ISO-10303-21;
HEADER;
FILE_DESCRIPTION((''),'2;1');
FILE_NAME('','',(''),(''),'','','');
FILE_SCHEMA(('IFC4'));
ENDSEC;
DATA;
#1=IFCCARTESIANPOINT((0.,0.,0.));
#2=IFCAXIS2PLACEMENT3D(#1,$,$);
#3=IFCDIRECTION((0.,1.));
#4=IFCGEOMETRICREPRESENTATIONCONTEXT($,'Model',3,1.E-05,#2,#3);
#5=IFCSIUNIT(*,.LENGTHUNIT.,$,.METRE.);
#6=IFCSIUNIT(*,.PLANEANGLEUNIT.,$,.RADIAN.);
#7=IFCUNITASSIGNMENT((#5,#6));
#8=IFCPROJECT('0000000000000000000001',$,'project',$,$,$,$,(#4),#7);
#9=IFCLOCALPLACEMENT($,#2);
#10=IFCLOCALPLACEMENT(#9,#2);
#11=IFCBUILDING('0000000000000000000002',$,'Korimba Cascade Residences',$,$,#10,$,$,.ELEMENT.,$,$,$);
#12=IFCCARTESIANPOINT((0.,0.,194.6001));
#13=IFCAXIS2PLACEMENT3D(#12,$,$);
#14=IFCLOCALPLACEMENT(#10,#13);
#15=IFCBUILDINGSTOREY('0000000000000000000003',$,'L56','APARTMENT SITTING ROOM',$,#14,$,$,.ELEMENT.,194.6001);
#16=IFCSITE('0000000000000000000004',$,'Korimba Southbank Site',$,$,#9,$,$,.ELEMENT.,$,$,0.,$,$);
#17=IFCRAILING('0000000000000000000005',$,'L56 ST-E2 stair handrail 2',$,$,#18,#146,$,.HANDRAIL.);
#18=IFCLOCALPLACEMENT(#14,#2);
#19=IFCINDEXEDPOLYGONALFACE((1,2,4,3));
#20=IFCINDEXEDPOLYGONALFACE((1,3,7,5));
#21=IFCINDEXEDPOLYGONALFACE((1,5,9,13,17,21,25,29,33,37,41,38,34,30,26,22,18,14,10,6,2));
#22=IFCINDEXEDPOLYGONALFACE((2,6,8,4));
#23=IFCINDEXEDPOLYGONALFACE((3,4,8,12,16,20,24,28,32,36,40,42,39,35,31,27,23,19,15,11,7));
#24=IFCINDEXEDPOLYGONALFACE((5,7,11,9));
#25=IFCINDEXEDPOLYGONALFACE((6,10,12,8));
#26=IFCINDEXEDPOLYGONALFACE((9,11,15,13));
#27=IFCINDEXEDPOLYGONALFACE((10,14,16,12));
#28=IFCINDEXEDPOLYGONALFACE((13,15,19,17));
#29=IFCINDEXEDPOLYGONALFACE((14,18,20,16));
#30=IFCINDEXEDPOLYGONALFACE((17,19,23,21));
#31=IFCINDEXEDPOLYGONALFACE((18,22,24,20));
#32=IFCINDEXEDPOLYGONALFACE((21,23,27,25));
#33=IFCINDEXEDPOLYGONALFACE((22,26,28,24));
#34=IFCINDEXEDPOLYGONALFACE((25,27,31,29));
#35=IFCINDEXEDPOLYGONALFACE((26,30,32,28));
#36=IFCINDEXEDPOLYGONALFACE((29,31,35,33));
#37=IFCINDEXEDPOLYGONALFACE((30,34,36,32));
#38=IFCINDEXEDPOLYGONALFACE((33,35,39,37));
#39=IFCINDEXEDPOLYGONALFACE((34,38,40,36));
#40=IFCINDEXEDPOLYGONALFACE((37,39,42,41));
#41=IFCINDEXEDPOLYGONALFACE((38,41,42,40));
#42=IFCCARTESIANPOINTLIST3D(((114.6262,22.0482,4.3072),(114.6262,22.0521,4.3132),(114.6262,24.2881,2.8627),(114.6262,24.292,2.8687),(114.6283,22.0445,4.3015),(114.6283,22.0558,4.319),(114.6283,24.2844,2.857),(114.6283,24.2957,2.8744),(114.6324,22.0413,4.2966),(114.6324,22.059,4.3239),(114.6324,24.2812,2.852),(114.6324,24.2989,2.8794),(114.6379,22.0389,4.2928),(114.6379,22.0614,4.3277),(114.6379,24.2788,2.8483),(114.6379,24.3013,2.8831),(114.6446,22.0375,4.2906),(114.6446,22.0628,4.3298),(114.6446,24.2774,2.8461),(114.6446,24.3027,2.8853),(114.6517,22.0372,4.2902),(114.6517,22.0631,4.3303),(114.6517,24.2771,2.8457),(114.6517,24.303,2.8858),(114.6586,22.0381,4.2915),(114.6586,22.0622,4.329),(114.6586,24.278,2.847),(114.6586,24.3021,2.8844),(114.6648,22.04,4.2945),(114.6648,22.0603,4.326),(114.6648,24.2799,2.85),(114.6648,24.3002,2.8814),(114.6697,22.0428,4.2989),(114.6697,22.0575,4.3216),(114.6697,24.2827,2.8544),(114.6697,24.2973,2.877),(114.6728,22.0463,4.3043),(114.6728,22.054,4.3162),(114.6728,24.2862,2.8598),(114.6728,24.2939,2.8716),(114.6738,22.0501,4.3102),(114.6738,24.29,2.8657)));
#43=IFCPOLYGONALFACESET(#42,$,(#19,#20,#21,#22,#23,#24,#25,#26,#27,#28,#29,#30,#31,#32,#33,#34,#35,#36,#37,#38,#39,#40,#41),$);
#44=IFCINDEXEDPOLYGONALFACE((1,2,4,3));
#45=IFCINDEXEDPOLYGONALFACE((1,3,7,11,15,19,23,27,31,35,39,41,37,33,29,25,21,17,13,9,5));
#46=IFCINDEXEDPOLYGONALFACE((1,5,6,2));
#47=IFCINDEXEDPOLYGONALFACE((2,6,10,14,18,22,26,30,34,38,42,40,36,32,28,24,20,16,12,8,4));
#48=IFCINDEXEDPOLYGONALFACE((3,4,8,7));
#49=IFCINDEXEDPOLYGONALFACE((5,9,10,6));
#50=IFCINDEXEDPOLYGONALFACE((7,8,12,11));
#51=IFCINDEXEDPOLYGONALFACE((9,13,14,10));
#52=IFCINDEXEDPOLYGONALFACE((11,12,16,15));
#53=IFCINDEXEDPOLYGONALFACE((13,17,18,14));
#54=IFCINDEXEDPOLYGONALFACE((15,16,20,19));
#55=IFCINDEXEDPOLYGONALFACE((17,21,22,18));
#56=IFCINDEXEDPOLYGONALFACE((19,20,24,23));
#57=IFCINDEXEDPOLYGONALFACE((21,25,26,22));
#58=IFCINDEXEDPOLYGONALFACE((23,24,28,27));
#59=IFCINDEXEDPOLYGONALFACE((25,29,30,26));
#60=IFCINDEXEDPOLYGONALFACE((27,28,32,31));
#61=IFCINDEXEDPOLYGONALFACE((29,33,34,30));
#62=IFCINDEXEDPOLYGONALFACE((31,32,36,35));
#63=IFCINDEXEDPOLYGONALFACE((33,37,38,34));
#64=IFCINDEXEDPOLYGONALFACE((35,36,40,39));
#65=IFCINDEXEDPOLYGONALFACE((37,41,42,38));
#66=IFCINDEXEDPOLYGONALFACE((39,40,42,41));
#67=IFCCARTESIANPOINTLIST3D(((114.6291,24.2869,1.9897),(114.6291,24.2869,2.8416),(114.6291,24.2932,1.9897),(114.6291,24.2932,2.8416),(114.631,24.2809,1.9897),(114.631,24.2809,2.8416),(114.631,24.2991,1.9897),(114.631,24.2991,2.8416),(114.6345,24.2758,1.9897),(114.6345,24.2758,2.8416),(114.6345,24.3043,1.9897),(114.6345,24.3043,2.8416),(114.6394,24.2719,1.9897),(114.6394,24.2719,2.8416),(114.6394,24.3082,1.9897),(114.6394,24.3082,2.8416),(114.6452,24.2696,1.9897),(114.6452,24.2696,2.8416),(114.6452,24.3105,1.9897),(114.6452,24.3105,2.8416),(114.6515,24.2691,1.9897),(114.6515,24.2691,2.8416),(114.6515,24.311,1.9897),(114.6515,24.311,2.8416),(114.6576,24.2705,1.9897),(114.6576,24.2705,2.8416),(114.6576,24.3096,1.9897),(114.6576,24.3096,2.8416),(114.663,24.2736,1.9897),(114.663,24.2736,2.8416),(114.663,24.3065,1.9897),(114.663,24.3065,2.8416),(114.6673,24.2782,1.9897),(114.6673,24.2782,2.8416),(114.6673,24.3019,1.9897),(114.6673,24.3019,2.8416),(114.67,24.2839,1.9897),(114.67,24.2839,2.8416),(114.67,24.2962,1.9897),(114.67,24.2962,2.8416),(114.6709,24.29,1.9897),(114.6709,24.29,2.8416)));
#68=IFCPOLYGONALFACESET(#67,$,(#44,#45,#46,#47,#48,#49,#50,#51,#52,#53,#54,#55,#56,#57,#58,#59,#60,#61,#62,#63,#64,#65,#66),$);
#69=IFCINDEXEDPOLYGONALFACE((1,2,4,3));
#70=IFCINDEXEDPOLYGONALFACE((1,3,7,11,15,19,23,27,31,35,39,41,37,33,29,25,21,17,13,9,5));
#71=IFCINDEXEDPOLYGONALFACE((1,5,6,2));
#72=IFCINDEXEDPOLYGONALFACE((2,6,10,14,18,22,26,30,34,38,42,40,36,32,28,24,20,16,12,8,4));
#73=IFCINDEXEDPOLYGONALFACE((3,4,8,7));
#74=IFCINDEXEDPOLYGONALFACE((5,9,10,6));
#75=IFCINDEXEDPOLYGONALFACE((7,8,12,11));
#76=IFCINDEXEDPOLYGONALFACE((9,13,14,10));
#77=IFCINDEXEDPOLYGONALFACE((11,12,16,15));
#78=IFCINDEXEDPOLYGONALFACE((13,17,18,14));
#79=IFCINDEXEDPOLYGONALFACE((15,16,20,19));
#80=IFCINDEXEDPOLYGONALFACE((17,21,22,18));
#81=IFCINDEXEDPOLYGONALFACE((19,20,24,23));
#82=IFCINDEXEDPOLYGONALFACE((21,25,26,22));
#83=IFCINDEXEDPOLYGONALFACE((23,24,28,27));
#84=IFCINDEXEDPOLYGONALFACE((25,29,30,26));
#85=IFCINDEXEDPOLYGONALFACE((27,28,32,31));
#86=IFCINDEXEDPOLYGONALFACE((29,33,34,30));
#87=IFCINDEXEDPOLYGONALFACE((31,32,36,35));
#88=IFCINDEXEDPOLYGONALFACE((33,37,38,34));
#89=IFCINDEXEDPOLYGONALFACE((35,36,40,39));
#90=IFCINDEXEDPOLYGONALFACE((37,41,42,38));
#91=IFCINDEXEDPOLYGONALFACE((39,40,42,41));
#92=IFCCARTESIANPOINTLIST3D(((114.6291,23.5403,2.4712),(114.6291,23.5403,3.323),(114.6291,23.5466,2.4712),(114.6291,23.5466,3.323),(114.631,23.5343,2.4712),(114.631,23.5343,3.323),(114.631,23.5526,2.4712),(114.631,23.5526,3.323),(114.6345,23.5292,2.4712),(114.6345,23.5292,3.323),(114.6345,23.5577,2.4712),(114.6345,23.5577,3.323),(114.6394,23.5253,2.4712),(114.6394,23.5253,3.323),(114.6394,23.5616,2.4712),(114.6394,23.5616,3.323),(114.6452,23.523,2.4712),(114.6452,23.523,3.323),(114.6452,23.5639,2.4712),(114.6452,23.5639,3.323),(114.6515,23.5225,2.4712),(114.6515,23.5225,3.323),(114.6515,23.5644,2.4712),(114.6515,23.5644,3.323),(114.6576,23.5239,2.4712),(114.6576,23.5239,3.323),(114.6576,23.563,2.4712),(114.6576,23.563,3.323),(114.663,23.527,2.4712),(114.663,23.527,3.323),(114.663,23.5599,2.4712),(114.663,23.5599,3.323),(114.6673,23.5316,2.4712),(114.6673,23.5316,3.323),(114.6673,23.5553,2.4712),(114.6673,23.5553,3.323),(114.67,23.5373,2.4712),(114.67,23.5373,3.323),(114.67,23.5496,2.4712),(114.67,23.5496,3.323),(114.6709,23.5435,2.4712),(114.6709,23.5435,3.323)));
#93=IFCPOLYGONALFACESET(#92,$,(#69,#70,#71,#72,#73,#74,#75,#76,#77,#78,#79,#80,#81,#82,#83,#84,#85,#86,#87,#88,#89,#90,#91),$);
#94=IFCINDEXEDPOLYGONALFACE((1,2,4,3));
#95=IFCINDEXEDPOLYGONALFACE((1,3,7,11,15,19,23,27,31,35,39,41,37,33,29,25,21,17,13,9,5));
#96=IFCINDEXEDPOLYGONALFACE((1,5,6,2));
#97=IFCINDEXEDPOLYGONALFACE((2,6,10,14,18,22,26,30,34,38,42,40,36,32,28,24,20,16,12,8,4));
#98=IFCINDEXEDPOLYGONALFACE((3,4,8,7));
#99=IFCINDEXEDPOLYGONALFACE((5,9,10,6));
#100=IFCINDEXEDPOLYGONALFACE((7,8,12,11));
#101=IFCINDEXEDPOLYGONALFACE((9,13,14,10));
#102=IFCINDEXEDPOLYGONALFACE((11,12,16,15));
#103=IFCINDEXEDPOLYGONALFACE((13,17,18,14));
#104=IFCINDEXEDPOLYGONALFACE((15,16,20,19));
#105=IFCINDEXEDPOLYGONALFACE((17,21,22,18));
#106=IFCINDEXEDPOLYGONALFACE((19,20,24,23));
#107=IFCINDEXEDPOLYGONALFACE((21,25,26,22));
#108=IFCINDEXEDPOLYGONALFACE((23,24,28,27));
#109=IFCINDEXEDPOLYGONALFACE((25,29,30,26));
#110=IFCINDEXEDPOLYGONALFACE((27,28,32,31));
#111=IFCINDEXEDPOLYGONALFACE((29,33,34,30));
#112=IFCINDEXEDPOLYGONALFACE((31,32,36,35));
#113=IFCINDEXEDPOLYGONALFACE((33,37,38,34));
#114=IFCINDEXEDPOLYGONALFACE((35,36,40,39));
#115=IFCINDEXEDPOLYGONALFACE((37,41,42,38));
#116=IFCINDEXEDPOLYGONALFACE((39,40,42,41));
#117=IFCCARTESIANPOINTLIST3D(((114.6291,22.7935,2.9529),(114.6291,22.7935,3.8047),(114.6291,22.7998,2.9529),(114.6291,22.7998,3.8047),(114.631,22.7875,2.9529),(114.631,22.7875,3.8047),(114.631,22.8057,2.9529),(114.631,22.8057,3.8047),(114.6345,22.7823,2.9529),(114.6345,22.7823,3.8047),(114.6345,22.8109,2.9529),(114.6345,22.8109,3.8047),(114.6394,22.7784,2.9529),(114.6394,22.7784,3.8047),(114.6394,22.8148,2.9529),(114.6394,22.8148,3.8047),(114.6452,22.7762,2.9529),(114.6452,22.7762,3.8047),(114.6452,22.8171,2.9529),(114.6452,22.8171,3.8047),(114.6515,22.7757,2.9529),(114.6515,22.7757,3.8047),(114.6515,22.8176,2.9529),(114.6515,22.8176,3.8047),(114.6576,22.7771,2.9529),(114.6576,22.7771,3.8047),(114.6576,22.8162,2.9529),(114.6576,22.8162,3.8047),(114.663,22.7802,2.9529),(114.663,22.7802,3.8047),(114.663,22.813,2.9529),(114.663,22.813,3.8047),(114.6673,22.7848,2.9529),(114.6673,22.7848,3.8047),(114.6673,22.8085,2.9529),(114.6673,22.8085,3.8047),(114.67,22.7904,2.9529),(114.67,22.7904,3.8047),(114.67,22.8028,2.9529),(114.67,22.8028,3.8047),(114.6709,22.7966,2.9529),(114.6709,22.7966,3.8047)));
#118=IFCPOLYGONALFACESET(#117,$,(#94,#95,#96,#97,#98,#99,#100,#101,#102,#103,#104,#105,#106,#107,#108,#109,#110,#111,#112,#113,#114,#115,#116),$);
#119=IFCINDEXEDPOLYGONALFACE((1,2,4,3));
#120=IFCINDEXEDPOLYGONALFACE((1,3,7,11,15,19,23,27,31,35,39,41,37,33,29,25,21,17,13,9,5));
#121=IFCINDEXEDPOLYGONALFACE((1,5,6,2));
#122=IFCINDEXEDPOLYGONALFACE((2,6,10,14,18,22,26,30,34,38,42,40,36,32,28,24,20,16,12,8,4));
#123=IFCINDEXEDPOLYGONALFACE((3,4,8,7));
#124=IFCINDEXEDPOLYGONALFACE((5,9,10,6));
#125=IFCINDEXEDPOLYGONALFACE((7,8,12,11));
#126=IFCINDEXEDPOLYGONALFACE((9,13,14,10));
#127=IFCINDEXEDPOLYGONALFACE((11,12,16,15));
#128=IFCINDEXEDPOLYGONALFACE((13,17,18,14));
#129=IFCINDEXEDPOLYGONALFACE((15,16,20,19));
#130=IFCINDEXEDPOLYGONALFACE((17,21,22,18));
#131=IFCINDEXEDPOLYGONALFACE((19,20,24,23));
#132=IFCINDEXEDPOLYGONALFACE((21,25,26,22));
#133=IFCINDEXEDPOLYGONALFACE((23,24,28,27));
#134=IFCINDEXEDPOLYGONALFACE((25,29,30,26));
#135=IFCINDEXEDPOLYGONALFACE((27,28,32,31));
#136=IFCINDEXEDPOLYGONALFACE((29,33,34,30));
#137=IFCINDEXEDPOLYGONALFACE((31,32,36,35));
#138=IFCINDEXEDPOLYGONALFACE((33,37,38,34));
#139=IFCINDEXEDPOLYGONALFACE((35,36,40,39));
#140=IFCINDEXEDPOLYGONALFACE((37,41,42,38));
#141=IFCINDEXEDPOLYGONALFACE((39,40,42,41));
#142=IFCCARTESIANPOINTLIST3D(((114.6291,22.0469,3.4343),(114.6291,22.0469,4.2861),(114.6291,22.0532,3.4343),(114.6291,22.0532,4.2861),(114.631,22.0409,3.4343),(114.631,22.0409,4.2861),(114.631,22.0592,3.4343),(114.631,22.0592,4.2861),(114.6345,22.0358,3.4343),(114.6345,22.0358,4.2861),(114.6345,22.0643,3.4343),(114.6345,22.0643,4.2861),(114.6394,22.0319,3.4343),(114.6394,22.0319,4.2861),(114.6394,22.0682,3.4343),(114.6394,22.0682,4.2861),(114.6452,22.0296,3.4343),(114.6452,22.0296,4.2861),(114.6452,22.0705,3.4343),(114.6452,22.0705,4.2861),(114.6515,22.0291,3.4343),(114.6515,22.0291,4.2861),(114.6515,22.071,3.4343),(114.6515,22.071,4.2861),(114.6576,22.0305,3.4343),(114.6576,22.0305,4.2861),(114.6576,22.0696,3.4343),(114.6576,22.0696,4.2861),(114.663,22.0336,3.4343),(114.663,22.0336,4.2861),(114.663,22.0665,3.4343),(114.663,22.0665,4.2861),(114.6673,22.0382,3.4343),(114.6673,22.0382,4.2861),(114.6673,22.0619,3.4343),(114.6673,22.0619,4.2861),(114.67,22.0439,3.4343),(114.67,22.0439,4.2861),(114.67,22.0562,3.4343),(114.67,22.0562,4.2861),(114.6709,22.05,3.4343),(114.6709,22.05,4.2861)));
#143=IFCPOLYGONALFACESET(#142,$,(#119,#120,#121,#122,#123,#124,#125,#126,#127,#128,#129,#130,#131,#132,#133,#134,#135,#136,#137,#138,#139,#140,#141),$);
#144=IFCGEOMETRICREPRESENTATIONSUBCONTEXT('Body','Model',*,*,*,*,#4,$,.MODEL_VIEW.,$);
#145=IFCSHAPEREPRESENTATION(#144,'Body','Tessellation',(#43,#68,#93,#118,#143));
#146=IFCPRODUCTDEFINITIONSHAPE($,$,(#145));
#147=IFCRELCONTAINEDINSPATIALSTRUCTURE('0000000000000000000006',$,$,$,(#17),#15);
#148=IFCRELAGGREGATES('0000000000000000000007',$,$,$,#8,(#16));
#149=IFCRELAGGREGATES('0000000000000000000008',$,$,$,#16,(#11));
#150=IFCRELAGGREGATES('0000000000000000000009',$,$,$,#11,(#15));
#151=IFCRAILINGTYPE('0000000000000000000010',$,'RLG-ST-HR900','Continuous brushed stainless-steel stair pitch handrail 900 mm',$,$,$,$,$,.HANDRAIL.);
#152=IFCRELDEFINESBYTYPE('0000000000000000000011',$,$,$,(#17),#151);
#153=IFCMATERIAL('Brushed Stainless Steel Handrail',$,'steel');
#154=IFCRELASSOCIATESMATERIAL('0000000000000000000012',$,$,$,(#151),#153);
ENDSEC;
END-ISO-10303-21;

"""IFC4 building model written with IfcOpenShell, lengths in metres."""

from ifc_helpers import new_model, si_unit, direction, frame, origin, origin_2d, place, context, subcontext, project, spatial, circle, extrude, material, type_object, element, save


model = new_model("IFC4")

# Units and contexts
model_context = context("Model", 3, precision=1e-05, world=origin(), true_north=direction((0.0, 1.0)))
body_context = subcontext(model_context, "Body", "Model", "MODEL_VIEW")
ifc_project = project(units=[si_unit("LENGTHUNIT", "METRE"), si_unit("PLANEANGLEUNIT", "RADIAN")], contexts=[model_context])

# Site, building, storey
site_placement = place(None, origin())
site = spatial("IfcSite", under=ifc_project, at=site_placement, Name="Korimba Southbank Site", CompositionType="ELEMENT", RefElevation=0.0)
building_placement = place(site_placement, origin())
building = spatial("IfcBuilding", under=site, at=building_placement, Name="Korimba Cascade Residences", CompositionType="ELEMENT")
storey_placement = place(building_placement, frame((0.0, 0.0, 194.6001)))
storey = spatial("IfcBuildingStorey", under=building, at=storey_placement, Name="L56", Description="APARTMENT SITTING ROOM", CompositionType="ELEMENT", Elevation=194.6001)

# Railing
ifc_material_1 = material(Name="Brushed Stainless Steel Handrail", Category="steel")
railing_type_1 = type_object("IfcRailingType", Name="RLG-ST-HR900", Description="Continuous brushed stainless-steel stair pitch handrail 900 mm", PredefinedType="HANDRAIL", material=ifc_material_1)
railing_1_placement = place(storey_placement, frame((114.6499, 24.29, 1.9897)))
element("IfcRailing", 1, at=railing_1_placement, inside=storey, type_object=railing_type_1, Name="L56 ST-E2 stair handrail 2", PredefinedType="HANDRAIL", context=body_context, shape_type="SweptSolid", body=[
    extrude(circle(Radius=0.0239, at=origin_2d()), frame((0.0, 0.0, 0.876), z_axis=(0.0, -0.840395, 0.541975), x_axis=(1.0, 0.0, 0.0)), (0.0, 0.0, 1.0), 2.6653),
    extrude(circle(Radius=0.021, at=origin_2d()), origin(), (0.0, 0.0, 1.0), 0.8518),
    extrude(circle(Radius=0.021, at=origin_2d()), frame((0.0, -0.7466, 0.4814)), (0.0, 0.0, 1.0), 0.8518),
    extrude(circle(Radius=0.021, at=origin_2d()), frame((0.0, -1.4934, 0.9631)), (0.0, 0.0, 1.0), 0.8518),
    extrude(circle(Radius=0.021, at=origin_2d()), frame((0.0, -2.24, 1.4446)), (0.0, 0.0, 1.0), 0.8518),
])

save(model, "model.ifc")
